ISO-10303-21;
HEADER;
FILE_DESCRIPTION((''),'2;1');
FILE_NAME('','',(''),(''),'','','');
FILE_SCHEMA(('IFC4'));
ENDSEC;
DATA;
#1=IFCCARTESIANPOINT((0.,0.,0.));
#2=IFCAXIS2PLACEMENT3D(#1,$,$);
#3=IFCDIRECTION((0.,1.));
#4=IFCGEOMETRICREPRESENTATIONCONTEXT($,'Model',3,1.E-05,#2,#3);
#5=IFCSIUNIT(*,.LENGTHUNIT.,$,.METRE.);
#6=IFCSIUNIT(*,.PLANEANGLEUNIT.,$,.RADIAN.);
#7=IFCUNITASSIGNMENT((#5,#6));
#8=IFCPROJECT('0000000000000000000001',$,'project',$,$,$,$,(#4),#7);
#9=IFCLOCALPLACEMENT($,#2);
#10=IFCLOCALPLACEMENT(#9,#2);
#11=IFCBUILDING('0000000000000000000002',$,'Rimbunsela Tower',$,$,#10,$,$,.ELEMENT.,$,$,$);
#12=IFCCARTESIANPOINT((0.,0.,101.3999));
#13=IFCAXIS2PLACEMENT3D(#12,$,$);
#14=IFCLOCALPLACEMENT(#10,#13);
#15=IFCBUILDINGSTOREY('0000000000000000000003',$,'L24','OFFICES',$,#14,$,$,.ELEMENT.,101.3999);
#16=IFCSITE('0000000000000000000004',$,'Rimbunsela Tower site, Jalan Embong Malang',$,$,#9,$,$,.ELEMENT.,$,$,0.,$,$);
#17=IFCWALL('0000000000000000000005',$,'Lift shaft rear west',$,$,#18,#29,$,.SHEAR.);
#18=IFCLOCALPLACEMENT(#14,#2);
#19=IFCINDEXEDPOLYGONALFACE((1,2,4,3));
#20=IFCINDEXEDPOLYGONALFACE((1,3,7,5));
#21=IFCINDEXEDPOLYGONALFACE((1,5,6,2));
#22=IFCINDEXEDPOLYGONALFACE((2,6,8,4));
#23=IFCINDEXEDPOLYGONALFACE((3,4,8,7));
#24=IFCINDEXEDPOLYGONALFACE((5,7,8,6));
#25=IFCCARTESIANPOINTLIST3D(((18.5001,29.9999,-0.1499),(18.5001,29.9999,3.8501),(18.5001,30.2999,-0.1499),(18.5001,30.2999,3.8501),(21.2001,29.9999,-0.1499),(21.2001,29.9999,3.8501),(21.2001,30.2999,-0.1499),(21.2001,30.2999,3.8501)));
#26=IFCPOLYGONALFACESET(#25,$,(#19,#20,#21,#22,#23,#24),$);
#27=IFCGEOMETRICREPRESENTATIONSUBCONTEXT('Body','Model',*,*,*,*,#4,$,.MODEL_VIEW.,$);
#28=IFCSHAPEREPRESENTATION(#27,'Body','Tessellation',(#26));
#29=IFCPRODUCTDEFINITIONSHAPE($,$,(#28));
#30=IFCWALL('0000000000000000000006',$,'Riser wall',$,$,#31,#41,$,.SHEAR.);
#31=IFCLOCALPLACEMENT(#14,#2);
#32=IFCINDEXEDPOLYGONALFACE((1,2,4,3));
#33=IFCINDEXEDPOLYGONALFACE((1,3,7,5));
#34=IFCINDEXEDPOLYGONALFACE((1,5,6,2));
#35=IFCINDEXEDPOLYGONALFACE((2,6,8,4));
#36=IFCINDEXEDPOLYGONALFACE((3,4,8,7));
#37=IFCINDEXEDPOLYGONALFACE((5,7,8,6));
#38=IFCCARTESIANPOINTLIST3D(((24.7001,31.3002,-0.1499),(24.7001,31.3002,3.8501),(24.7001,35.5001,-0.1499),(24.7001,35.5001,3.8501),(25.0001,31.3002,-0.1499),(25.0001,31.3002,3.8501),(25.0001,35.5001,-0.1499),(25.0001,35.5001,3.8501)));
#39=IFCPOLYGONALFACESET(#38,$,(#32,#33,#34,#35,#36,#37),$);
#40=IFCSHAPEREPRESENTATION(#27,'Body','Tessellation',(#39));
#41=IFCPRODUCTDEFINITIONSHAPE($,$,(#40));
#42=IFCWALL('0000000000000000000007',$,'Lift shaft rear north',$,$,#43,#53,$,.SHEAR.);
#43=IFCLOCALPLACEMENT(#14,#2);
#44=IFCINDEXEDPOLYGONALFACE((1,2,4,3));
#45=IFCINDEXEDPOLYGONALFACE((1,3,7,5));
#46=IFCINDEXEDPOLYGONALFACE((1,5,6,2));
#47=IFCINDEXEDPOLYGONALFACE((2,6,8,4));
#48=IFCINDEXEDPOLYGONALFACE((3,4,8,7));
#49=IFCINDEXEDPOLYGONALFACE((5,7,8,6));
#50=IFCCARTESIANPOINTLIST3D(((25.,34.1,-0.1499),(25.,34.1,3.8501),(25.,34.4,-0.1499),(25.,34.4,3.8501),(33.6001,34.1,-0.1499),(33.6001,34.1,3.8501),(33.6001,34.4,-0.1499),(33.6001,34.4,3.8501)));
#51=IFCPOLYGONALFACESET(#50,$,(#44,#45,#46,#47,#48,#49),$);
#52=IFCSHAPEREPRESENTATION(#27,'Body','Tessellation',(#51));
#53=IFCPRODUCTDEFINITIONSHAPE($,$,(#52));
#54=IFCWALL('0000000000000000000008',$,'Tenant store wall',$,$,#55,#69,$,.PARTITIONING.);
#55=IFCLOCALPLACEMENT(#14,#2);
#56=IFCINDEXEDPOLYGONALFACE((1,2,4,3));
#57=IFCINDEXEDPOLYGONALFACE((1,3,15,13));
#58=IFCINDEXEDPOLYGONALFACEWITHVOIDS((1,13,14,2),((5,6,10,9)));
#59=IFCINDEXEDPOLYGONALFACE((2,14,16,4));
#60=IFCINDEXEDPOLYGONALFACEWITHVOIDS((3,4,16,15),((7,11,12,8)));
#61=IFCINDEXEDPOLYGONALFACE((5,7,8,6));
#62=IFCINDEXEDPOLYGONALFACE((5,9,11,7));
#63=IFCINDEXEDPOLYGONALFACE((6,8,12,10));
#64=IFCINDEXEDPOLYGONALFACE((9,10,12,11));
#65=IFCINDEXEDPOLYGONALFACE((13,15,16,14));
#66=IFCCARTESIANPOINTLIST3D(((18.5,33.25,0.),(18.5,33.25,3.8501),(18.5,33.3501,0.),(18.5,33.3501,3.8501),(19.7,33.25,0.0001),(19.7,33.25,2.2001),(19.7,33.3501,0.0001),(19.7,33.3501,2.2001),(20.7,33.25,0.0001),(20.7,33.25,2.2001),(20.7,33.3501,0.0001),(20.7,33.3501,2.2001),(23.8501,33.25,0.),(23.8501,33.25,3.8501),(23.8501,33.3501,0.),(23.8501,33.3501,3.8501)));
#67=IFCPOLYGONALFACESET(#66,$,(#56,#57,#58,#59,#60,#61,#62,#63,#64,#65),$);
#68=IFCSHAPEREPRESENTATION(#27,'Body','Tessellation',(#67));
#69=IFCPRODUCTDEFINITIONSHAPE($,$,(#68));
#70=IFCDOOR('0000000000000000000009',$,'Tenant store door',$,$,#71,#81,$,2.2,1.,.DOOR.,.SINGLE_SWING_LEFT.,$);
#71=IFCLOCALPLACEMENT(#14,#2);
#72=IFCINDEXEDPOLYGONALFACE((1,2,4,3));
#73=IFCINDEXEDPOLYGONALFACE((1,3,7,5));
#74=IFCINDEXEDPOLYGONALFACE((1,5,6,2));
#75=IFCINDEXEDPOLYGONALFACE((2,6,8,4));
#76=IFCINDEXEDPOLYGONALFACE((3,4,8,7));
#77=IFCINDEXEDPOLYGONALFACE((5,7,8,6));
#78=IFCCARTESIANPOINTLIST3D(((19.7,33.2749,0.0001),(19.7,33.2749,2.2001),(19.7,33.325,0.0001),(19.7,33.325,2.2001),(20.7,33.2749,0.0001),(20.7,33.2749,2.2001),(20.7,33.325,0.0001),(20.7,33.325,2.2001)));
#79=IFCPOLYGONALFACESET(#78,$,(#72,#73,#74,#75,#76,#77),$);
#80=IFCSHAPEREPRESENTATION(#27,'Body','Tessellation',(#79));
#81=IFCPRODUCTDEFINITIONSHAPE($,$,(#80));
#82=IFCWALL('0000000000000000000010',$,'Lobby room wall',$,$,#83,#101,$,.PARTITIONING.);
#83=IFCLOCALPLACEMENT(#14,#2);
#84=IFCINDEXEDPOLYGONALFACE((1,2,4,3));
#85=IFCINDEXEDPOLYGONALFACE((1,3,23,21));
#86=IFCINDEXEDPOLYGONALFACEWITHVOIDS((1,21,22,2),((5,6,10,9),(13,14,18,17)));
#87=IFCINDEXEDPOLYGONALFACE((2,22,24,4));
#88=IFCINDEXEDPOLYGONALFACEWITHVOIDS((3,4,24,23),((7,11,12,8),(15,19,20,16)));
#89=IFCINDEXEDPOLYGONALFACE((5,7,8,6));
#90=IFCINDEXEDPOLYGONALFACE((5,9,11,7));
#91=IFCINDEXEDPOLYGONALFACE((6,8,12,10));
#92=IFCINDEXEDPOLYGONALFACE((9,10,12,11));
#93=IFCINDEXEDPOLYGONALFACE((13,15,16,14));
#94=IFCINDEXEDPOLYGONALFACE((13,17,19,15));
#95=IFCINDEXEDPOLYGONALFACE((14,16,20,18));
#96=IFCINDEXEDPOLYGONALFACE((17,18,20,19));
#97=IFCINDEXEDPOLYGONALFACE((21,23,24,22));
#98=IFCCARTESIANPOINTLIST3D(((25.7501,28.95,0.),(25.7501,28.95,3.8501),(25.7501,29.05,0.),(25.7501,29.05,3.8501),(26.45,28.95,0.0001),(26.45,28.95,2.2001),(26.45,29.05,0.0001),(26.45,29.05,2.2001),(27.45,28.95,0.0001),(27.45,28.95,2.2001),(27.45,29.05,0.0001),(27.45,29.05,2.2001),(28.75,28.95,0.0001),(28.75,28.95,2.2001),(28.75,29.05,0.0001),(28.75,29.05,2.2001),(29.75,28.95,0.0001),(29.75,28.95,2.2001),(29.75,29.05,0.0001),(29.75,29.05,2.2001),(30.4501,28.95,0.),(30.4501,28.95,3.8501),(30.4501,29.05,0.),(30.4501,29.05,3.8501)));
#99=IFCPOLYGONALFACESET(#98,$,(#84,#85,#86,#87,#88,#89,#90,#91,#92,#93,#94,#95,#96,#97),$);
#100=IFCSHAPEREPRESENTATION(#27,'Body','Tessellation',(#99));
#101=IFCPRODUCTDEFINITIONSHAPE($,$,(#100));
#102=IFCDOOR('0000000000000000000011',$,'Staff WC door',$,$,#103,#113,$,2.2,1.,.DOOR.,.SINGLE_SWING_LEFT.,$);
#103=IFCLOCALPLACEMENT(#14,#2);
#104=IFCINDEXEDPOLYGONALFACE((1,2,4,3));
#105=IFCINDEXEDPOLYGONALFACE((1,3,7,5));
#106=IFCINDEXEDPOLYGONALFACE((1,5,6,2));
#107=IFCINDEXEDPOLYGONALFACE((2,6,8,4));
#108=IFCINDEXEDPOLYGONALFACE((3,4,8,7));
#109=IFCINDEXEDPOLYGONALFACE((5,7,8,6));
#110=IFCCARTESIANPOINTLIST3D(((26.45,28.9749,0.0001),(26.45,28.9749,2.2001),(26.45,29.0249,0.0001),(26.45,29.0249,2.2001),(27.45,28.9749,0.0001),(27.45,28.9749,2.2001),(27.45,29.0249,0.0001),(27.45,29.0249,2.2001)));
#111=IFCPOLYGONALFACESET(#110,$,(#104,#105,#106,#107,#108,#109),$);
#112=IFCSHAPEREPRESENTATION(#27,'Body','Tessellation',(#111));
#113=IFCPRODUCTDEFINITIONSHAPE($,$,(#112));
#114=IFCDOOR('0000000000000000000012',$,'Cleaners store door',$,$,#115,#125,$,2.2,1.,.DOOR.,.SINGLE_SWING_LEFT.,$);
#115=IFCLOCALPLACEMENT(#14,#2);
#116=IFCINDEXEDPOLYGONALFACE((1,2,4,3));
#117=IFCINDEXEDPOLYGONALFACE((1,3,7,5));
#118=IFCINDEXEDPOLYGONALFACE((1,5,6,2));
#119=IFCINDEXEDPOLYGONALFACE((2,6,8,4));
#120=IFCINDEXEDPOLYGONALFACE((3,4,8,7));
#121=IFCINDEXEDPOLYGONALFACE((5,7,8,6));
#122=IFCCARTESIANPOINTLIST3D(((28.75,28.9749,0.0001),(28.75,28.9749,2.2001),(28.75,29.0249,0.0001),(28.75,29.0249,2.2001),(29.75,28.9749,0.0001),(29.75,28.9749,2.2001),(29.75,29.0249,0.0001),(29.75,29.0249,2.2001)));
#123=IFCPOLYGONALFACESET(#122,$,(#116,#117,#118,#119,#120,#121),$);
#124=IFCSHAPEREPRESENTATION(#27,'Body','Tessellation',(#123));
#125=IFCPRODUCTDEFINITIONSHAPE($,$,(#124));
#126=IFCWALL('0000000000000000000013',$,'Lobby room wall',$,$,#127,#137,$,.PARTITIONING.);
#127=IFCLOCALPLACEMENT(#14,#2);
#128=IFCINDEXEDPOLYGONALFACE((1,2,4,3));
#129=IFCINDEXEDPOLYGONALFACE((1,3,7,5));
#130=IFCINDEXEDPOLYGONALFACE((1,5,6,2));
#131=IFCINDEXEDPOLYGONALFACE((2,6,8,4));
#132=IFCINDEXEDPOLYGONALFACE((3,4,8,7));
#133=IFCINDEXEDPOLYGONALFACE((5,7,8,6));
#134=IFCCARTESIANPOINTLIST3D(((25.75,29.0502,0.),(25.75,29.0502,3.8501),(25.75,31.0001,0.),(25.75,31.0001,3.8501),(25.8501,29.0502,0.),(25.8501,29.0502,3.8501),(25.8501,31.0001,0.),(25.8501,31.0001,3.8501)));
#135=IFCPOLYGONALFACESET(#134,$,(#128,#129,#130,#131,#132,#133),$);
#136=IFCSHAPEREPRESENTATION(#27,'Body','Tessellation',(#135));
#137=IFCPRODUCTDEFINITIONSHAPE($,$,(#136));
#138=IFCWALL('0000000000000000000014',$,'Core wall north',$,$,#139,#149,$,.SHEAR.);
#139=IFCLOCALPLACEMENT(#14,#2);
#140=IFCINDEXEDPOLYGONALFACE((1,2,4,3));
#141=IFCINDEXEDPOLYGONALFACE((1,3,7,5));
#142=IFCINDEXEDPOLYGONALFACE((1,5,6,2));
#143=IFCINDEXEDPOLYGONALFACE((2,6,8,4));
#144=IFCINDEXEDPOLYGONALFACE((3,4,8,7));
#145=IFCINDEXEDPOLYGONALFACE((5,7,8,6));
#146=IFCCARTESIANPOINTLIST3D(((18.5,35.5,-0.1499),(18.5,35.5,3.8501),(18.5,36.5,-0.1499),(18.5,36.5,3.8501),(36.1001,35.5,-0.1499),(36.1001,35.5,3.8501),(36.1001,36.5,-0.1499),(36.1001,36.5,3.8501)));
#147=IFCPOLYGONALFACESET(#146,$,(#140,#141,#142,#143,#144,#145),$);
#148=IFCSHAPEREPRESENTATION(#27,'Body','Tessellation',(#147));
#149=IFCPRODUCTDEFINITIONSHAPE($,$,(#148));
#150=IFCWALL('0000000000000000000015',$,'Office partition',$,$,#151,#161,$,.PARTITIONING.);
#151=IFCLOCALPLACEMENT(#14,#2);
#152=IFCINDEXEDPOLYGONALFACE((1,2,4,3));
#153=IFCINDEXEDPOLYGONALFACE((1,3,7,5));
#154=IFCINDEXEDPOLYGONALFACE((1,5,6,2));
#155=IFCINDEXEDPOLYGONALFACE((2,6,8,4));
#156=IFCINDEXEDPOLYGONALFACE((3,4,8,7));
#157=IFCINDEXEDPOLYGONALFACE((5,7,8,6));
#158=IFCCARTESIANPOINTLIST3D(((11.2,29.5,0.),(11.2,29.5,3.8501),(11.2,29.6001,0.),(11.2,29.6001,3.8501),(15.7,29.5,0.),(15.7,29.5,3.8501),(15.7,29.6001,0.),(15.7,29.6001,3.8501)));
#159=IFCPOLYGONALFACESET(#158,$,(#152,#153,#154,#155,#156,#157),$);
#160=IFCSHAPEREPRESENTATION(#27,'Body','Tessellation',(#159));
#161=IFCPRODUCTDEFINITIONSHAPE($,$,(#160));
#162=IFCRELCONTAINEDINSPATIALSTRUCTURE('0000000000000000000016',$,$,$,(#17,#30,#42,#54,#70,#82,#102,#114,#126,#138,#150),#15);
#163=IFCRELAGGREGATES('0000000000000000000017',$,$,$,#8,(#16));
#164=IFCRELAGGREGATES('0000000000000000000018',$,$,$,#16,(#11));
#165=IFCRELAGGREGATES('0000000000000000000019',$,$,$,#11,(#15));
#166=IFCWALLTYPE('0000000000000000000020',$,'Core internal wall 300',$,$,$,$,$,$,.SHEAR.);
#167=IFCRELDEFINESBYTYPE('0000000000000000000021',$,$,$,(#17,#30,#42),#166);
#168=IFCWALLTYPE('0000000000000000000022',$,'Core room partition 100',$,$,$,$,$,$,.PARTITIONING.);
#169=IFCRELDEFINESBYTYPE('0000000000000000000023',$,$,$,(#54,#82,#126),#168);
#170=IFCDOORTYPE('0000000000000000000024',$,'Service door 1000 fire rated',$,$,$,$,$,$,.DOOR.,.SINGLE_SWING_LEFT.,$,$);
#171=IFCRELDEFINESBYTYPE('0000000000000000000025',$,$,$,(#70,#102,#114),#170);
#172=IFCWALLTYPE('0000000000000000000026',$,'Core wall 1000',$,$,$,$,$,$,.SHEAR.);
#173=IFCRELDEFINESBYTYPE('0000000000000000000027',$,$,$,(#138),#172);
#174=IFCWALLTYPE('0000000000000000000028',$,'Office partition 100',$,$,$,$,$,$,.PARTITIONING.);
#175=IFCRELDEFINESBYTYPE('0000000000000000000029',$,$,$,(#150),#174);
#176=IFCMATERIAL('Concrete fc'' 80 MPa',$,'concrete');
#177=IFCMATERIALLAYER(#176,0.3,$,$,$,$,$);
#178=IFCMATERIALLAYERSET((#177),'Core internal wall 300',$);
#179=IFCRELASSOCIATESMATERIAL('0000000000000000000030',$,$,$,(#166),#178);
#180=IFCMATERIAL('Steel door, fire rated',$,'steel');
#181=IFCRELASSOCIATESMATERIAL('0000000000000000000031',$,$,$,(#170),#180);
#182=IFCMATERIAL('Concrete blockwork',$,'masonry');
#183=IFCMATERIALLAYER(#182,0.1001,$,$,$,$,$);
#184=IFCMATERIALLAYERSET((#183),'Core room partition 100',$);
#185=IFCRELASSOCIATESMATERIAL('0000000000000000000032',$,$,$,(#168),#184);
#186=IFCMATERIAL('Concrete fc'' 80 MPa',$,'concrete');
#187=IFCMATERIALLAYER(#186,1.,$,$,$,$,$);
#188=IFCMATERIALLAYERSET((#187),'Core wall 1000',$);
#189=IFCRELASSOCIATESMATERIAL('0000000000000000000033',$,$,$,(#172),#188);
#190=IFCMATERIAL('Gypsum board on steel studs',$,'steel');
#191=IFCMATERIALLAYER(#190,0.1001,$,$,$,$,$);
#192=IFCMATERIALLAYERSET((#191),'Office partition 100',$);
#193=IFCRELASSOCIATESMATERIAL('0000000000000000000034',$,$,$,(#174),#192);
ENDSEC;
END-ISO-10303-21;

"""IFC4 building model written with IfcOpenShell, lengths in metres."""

from ifc_helpers import new_model, si_unit, direction, frame, frame_2d, origin, place, context, subcontext, project, spatial, rectangle, extrude, material, layer, layer_set, type_object, element, fill, save


model = new_model("IFC4")

# Units and contexts
model_context = context("Model", 3, precision=1e-05, world=origin(), true_north=direction((0.0, 1.0)))
body_context = subcontext(model_context, "Body", "Model", "MODEL_VIEW")
ifc_project = project(units=[si_unit("LENGTHUNIT", "METRE"), si_unit("PLANEANGLEUNIT", "RADIAN")], contexts=[model_context])

# Site, building, storey
site_placement = place(None, origin())
site = spatial("IfcSite", under=ifc_project, at=site_placement, Name="Rimbunsela Tower site, Jalan Embong Malang", CompositionType="ELEMENT", RefElevation=0.0)
building_placement = place(site_placement, origin())
building = spatial("IfcBuilding", under=site, at=building_placement, Name="Rimbunsela Tower", CompositionType="ELEMENT")
storey_placement = place(building_placement, frame((0.0, 0.0, 101.3999)))
storey = spatial("IfcBuildingStorey", under=building, at=storey_placement, Name="L24", Description="OFFICES", CompositionType="ELEMENT", Elevation=101.3999)

# Shared definitions
ifc_material_1 = material(Name="Concrete fc' 80 MPa", Category="concrete")
ifc_layer_1 = layer(ifc_material_1, 0.3)
ifc_layer_set_1 = layer_set([ifc_layer_1], Name="Core internal wall 300")
wall_type_1 = type_object("IfcWallType", Name="Core internal wall 300", PredefinedType="SHEAR", material=ifc_layer_set_1)
ifc_material_2 = material(Name="Steel door, fire rated", Category="steel")
door_type_1 = type_object("IfcDoorType", Name="Service door 1000 fire rated", OperationType="SINGLE_SWING_LEFT", PredefinedType="DOOR", material=ifc_material_2)

# Walls
wall_1_placement = place(storey_placement, frame((18.5, 30.1499, -0.1499), z_axis=(0.0, 0.0, 1.0), x_axis=(1.0, 0.0, 0.0)))
element("IfcWall", 1, at=wall_1_placement, inside=storey, type_object=wall_type_1, Name="Lift shaft rear west", PredefinedType="SHEAR", context=body_context, shape_type="SweptSolid", body=[
    extrude(rectangle(XDim=2.7, YDim=0.3, at=frame_2d((1.3501, 0.0))), origin(), (0.0, 0.0, 1.0), 4.0),
])
wall_2_placement = place(storey_placement, frame((24.8501, 31.3, -0.1499), z_axis=(0.0, 0.0, 1.0), x_axis=(0.0, 1.0, 0.0)))
element("IfcWall", 2, at=wall_2_placement, inside=storey, type_object=wall_type_1, Name="Riser wall", PredefinedType="SHEAR", context=body_context, shape_type="SweptSolid", body=[
    extrude(rectangle(XDim=4.2, YDim=0.3, at=frame_2d((2.1001, 0.0))), origin(), (0.0, 0.0, 1.0), 4.0),
])
wall_3_placement = place(storey_placement, frame((25.0, 34.25, -0.1499), z_axis=(0.0, 0.0, 1.0), x_axis=(1.0, 0.0, 0.0)))
element("IfcWall", 3, at=wall_3_placement, inside=storey, type_object=wall_type_1, Name="Lift shaft rear north", PredefinedType="SHEAR", context=body_context, shape_type="SweptSolid", body=[
    extrude(rectangle(XDim=8.6001, YDim=0.3, at=frame_2d((4.3, 0.0))), origin(), (0.0, 0.0, 1.0), 4.0),
])

# Wall, opening, door
ifc_material_3 = material(Name="Concrete blockwork", Category="masonry")
ifc_layer_2 = layer(ifc_material_3, 0.1001)
ifc_layer_set_2 = layer_set([ifc_layer_2], Name="Core room partition 100")
wall_type_2 = type_object("IfcWallType", Name="Core room partition 100", PredefinedType="PARTITIONING", material=ifc_layer_set_2)
wall_4_placement = place(storey_placement, frame((18.5, 33.3, 0.0), z_axis=(0.0, 0.0, 1.0), x_axis=(1.0, 0.0, 0.0)))
wall_4 = element("IfcWall", 4, at=wall_4_placement, inside=storey, type_object=wall_type_2, Name="Tenant store wall", PredefinedType="PARTITIONING", context=body_context, shape_type="SweptSolid", body=[
    extrude(rectangle(XDim=5.3501, YDim=0.1001, at=frame_2d((2.675, 0.0))), origin(), (0.0, 0.0, 1.0), 3.8501),
])
opening_1_placement = place(wall_4_placement, frame((1.2, 0.0, 0.0)))
opening_1 = element("IfcOpeningElement", 5, at=opening_1_placement, cuts=wall_4, PredefinedType="OPENING", context=body_context, shape_type="SweptSolid", body=[
    extrude(rectangle(XDim=1.0, YDim=2.2, at=frame_2d((0.5, 1.1001))), frame((0.0, 0.0601, 0.0), z_axis=(0.0, -1.0, 0.0), x_axis=(1.0, 0.0, 0.0)), (0.0, 0.0, 1.0), 0.1201),
])
door_1_placement = place(opening_1_placement, origin())
door_1 = element("IfcDoor", 6, at=door_1_placement, inside=storey, type_object=door_type_1, Name="Tenant store door", OperationType="SINGLE_SWING_LEFT", OverallHeight=2.2, OverallWidth=1.0, PredefinedType="DOOR", context=body_context, shape_type="SweptSolid", body=[
    extrude(rectangle(XDim=1.0, YDim=2.2, at=frame_2d((0.5, 1.1001))), frame((0.0, 0.0249, 0.0), z_axis=(0.0, -1.0, 0.0), x_axis=(1.0, 0.0, 0.0)), (0.0, 0.0, 1.0), 0.05),
])
fill(opening_1, door_1)

# Wall, openings, doors
wall_5_placement = place(storey_placement, frame((25.75, 29.0, 0.0), z_axis=(0.0, 0.0, 1.0), x_axis=(1.0, 0.0, 0.0)))
wall_5 = element("IfcWall", 7, at=wall_5_placement, inside=storey, type_object=wall_type_2, Name="Lobby room wall", PredefinedType="PARTITIONING", context=body_context, shape_type="SweptSolid", body=[
    extrude(rectangle(XDim=4.7, YDim=0.1001, at=frame_2d((2.3501, 0.0))), origin(), (0.0, 0.0, 1.0), 3.8501),
])
opening_2_placement = place(wall_5_placement, frame((0.7, 0.0, 0.0)))
opening_2 = element("IfcOpeningElement", 8, at=opening_2_placement, cuts=wall_5, PredefinedType="OPENING", context=body_context, shape_type="SweptSolid", body=[
    extrude(rectangle(XDim=1.0, YDim=2.2, at=frame_2d((0.5, 1.1001))), frame((0.0, 0.0601, 0.0), z_axis=(0.0, -1.0, 0.0), x_axis=(1.0, 0.0, 0.0)), (0.0, 0.0, 1.0), 0.1201),
])
opening_3_placement = place(wall_5_placement, frame((3.0, 0.0, 0.0)))
opening_3 = element("IfcOpeningElement", 9, at=opening_3_placement, cuts=wall_5, PredefinedType="OPENING", context=body_context, shape_type="SweptSolid", body=[
    extrude(rectangle(XDim=1.0, YDim=2.2, at=frame_2d((0.5, 1.1001))), frame((0.0, 0.0601, 0.0), z_axis=(0.0, -1.0, 0.0), x_axis=(1.0, 0.0, 0.0)), (0.0, 0.0, 1.0), 0.1201),
])
door_2_placement = place(opening_2_placement, origin())
door_2 = element("IfcDoor", 10, at=door_2_placement, inside=storey, type_object=door_type_1, Name="Staff WC door", OperationType="SINGLE_SWING_LEFT", OverallHeight=2.2, OverallWidth=1.0, PredefinedType="DOOR", context=body_context, shape_type="SweptSolid", body=[
    extrude(rectangle(XDim=1.0, YDim=2.2, at=frame_2d((0.5, 1.1001))), frame((0.0, 0.0249, 0.0), z_axis=(0.0, -1.0, 0.0), x_axis=(1.0, 0.0, 0.0)), (0.0, 0.0, 1.0), 0.05),
])
fill(opening_2, door_2)
door_3_placement = place(opening_3_placement, origin())
door_3 = element("IfcDoor", 11, at=door_3_placement, inside=storey, type_object=door_type_1, Name="Cleaners store door", OperationType="SINGLE_SWING_LEFT", OverallHeight=2.2, OverallWidth=1.0, PredefinedType="DOOR", context=body_context, shape_type="SweptSolid", body=[
    extrude(rectangle(XDim=1.0, YDim=2.2, at=frame_2d((0.5, 1.1001))), frame((0.0, 0.0249, 0.0), z_axis=(0.0, -1.0, 0.0), x_axis=(1.0, 0.0, 0.0)), (0.0, 0.0, 1.0), 0.05),
])
fill(opening_3, door_3)

# Walls
wall_6_placement = place(storey_placement, frame((25.8, 29.05, 0.0), z_axis=(0.0, 0.0, 1.0), x_axis=(0.0, 1.0, 0.0)))
element("IfcWall", 12, at=wall_6_placement, inside=storey, type_object=wall_type_2, Name="Lobby room wall", PredefinedType="PARTITIONING", context=body_context, shape_type="SweptSolid", body=[
    extrude(rectangle(XDim=1.95, YDim=0.1001, at=frame_2d((0.9751, 0.0))), origin(), (0.0, 0.0, 1.0), 3.8501),
])
ifc_material_4 = material(Name="Concrete fc' 80 MPa", Category="concrete")
ifc_layer_3 = layer(ifc_material_4, 1.0)
ifc_layer_set_3 = layer_set([ifc_layer_3], Name="Core wall 1000")
wall_type_3 = type_object("IfcWallType", Name="Core wall 1000", PredefinedType="SHEAR", material=ifc_layer_set_3)
wall_7_placement = place(storey_placement, frame((18.5, 36.0, -0.1499), z_axis=(0.0, 0.0, 1.0), x_axis=(1.0, 0.0, 0.0)))
element("IfcWall", 13, at=wall_7_placement, inside=storey, type_object=wall_type_3, Name="Core wall north", PredefinedType="SHEAR", context=body_context, shape_type="SweptSolid", body=[
    extrude(rectangle(XDim=17.6001, YDim=1.0, at=frame_2d((8.8, 0.0))), origin(), (0.0, 0.0, 1.0), 4.0),
])
ifc_material_5 = material(Name="Gypsum board on steel studs", Category="steel")
ifc_layer_4 = layer(ifc_material_5, 0.1001)
ifc_layer_set_4 = layer_set([ifc_layer_4], Name="Office partition 100")
wall_type_4 = type_object("IfcWallType", Name="Office partition 100", PredefinedType="PARTITIONING", material=ifc_layer_set_4)
wall_8_placement = place(storey_placement, frame((15.7, 29.55, 0.0), z_axis=(0.0, 0.0, 1.0), x_axis=(-1.0, 0.0, 0.0)))
element("IfcWall", 14, at=wall_8_placement, inside=storey, type_object=wall_type_4, Name="Office partition", PredefinedType="PARTITIONING", context=body_context, shape_type="SweptSolid", body=[
    extrude(rectangle(XDim=4.5, YDim=0.1001, at=frame_2d((2.25, 0.0))), origin(), (0.0, 0.0, 1.0), 3.8501),
])

save(model, "model.ifc")
